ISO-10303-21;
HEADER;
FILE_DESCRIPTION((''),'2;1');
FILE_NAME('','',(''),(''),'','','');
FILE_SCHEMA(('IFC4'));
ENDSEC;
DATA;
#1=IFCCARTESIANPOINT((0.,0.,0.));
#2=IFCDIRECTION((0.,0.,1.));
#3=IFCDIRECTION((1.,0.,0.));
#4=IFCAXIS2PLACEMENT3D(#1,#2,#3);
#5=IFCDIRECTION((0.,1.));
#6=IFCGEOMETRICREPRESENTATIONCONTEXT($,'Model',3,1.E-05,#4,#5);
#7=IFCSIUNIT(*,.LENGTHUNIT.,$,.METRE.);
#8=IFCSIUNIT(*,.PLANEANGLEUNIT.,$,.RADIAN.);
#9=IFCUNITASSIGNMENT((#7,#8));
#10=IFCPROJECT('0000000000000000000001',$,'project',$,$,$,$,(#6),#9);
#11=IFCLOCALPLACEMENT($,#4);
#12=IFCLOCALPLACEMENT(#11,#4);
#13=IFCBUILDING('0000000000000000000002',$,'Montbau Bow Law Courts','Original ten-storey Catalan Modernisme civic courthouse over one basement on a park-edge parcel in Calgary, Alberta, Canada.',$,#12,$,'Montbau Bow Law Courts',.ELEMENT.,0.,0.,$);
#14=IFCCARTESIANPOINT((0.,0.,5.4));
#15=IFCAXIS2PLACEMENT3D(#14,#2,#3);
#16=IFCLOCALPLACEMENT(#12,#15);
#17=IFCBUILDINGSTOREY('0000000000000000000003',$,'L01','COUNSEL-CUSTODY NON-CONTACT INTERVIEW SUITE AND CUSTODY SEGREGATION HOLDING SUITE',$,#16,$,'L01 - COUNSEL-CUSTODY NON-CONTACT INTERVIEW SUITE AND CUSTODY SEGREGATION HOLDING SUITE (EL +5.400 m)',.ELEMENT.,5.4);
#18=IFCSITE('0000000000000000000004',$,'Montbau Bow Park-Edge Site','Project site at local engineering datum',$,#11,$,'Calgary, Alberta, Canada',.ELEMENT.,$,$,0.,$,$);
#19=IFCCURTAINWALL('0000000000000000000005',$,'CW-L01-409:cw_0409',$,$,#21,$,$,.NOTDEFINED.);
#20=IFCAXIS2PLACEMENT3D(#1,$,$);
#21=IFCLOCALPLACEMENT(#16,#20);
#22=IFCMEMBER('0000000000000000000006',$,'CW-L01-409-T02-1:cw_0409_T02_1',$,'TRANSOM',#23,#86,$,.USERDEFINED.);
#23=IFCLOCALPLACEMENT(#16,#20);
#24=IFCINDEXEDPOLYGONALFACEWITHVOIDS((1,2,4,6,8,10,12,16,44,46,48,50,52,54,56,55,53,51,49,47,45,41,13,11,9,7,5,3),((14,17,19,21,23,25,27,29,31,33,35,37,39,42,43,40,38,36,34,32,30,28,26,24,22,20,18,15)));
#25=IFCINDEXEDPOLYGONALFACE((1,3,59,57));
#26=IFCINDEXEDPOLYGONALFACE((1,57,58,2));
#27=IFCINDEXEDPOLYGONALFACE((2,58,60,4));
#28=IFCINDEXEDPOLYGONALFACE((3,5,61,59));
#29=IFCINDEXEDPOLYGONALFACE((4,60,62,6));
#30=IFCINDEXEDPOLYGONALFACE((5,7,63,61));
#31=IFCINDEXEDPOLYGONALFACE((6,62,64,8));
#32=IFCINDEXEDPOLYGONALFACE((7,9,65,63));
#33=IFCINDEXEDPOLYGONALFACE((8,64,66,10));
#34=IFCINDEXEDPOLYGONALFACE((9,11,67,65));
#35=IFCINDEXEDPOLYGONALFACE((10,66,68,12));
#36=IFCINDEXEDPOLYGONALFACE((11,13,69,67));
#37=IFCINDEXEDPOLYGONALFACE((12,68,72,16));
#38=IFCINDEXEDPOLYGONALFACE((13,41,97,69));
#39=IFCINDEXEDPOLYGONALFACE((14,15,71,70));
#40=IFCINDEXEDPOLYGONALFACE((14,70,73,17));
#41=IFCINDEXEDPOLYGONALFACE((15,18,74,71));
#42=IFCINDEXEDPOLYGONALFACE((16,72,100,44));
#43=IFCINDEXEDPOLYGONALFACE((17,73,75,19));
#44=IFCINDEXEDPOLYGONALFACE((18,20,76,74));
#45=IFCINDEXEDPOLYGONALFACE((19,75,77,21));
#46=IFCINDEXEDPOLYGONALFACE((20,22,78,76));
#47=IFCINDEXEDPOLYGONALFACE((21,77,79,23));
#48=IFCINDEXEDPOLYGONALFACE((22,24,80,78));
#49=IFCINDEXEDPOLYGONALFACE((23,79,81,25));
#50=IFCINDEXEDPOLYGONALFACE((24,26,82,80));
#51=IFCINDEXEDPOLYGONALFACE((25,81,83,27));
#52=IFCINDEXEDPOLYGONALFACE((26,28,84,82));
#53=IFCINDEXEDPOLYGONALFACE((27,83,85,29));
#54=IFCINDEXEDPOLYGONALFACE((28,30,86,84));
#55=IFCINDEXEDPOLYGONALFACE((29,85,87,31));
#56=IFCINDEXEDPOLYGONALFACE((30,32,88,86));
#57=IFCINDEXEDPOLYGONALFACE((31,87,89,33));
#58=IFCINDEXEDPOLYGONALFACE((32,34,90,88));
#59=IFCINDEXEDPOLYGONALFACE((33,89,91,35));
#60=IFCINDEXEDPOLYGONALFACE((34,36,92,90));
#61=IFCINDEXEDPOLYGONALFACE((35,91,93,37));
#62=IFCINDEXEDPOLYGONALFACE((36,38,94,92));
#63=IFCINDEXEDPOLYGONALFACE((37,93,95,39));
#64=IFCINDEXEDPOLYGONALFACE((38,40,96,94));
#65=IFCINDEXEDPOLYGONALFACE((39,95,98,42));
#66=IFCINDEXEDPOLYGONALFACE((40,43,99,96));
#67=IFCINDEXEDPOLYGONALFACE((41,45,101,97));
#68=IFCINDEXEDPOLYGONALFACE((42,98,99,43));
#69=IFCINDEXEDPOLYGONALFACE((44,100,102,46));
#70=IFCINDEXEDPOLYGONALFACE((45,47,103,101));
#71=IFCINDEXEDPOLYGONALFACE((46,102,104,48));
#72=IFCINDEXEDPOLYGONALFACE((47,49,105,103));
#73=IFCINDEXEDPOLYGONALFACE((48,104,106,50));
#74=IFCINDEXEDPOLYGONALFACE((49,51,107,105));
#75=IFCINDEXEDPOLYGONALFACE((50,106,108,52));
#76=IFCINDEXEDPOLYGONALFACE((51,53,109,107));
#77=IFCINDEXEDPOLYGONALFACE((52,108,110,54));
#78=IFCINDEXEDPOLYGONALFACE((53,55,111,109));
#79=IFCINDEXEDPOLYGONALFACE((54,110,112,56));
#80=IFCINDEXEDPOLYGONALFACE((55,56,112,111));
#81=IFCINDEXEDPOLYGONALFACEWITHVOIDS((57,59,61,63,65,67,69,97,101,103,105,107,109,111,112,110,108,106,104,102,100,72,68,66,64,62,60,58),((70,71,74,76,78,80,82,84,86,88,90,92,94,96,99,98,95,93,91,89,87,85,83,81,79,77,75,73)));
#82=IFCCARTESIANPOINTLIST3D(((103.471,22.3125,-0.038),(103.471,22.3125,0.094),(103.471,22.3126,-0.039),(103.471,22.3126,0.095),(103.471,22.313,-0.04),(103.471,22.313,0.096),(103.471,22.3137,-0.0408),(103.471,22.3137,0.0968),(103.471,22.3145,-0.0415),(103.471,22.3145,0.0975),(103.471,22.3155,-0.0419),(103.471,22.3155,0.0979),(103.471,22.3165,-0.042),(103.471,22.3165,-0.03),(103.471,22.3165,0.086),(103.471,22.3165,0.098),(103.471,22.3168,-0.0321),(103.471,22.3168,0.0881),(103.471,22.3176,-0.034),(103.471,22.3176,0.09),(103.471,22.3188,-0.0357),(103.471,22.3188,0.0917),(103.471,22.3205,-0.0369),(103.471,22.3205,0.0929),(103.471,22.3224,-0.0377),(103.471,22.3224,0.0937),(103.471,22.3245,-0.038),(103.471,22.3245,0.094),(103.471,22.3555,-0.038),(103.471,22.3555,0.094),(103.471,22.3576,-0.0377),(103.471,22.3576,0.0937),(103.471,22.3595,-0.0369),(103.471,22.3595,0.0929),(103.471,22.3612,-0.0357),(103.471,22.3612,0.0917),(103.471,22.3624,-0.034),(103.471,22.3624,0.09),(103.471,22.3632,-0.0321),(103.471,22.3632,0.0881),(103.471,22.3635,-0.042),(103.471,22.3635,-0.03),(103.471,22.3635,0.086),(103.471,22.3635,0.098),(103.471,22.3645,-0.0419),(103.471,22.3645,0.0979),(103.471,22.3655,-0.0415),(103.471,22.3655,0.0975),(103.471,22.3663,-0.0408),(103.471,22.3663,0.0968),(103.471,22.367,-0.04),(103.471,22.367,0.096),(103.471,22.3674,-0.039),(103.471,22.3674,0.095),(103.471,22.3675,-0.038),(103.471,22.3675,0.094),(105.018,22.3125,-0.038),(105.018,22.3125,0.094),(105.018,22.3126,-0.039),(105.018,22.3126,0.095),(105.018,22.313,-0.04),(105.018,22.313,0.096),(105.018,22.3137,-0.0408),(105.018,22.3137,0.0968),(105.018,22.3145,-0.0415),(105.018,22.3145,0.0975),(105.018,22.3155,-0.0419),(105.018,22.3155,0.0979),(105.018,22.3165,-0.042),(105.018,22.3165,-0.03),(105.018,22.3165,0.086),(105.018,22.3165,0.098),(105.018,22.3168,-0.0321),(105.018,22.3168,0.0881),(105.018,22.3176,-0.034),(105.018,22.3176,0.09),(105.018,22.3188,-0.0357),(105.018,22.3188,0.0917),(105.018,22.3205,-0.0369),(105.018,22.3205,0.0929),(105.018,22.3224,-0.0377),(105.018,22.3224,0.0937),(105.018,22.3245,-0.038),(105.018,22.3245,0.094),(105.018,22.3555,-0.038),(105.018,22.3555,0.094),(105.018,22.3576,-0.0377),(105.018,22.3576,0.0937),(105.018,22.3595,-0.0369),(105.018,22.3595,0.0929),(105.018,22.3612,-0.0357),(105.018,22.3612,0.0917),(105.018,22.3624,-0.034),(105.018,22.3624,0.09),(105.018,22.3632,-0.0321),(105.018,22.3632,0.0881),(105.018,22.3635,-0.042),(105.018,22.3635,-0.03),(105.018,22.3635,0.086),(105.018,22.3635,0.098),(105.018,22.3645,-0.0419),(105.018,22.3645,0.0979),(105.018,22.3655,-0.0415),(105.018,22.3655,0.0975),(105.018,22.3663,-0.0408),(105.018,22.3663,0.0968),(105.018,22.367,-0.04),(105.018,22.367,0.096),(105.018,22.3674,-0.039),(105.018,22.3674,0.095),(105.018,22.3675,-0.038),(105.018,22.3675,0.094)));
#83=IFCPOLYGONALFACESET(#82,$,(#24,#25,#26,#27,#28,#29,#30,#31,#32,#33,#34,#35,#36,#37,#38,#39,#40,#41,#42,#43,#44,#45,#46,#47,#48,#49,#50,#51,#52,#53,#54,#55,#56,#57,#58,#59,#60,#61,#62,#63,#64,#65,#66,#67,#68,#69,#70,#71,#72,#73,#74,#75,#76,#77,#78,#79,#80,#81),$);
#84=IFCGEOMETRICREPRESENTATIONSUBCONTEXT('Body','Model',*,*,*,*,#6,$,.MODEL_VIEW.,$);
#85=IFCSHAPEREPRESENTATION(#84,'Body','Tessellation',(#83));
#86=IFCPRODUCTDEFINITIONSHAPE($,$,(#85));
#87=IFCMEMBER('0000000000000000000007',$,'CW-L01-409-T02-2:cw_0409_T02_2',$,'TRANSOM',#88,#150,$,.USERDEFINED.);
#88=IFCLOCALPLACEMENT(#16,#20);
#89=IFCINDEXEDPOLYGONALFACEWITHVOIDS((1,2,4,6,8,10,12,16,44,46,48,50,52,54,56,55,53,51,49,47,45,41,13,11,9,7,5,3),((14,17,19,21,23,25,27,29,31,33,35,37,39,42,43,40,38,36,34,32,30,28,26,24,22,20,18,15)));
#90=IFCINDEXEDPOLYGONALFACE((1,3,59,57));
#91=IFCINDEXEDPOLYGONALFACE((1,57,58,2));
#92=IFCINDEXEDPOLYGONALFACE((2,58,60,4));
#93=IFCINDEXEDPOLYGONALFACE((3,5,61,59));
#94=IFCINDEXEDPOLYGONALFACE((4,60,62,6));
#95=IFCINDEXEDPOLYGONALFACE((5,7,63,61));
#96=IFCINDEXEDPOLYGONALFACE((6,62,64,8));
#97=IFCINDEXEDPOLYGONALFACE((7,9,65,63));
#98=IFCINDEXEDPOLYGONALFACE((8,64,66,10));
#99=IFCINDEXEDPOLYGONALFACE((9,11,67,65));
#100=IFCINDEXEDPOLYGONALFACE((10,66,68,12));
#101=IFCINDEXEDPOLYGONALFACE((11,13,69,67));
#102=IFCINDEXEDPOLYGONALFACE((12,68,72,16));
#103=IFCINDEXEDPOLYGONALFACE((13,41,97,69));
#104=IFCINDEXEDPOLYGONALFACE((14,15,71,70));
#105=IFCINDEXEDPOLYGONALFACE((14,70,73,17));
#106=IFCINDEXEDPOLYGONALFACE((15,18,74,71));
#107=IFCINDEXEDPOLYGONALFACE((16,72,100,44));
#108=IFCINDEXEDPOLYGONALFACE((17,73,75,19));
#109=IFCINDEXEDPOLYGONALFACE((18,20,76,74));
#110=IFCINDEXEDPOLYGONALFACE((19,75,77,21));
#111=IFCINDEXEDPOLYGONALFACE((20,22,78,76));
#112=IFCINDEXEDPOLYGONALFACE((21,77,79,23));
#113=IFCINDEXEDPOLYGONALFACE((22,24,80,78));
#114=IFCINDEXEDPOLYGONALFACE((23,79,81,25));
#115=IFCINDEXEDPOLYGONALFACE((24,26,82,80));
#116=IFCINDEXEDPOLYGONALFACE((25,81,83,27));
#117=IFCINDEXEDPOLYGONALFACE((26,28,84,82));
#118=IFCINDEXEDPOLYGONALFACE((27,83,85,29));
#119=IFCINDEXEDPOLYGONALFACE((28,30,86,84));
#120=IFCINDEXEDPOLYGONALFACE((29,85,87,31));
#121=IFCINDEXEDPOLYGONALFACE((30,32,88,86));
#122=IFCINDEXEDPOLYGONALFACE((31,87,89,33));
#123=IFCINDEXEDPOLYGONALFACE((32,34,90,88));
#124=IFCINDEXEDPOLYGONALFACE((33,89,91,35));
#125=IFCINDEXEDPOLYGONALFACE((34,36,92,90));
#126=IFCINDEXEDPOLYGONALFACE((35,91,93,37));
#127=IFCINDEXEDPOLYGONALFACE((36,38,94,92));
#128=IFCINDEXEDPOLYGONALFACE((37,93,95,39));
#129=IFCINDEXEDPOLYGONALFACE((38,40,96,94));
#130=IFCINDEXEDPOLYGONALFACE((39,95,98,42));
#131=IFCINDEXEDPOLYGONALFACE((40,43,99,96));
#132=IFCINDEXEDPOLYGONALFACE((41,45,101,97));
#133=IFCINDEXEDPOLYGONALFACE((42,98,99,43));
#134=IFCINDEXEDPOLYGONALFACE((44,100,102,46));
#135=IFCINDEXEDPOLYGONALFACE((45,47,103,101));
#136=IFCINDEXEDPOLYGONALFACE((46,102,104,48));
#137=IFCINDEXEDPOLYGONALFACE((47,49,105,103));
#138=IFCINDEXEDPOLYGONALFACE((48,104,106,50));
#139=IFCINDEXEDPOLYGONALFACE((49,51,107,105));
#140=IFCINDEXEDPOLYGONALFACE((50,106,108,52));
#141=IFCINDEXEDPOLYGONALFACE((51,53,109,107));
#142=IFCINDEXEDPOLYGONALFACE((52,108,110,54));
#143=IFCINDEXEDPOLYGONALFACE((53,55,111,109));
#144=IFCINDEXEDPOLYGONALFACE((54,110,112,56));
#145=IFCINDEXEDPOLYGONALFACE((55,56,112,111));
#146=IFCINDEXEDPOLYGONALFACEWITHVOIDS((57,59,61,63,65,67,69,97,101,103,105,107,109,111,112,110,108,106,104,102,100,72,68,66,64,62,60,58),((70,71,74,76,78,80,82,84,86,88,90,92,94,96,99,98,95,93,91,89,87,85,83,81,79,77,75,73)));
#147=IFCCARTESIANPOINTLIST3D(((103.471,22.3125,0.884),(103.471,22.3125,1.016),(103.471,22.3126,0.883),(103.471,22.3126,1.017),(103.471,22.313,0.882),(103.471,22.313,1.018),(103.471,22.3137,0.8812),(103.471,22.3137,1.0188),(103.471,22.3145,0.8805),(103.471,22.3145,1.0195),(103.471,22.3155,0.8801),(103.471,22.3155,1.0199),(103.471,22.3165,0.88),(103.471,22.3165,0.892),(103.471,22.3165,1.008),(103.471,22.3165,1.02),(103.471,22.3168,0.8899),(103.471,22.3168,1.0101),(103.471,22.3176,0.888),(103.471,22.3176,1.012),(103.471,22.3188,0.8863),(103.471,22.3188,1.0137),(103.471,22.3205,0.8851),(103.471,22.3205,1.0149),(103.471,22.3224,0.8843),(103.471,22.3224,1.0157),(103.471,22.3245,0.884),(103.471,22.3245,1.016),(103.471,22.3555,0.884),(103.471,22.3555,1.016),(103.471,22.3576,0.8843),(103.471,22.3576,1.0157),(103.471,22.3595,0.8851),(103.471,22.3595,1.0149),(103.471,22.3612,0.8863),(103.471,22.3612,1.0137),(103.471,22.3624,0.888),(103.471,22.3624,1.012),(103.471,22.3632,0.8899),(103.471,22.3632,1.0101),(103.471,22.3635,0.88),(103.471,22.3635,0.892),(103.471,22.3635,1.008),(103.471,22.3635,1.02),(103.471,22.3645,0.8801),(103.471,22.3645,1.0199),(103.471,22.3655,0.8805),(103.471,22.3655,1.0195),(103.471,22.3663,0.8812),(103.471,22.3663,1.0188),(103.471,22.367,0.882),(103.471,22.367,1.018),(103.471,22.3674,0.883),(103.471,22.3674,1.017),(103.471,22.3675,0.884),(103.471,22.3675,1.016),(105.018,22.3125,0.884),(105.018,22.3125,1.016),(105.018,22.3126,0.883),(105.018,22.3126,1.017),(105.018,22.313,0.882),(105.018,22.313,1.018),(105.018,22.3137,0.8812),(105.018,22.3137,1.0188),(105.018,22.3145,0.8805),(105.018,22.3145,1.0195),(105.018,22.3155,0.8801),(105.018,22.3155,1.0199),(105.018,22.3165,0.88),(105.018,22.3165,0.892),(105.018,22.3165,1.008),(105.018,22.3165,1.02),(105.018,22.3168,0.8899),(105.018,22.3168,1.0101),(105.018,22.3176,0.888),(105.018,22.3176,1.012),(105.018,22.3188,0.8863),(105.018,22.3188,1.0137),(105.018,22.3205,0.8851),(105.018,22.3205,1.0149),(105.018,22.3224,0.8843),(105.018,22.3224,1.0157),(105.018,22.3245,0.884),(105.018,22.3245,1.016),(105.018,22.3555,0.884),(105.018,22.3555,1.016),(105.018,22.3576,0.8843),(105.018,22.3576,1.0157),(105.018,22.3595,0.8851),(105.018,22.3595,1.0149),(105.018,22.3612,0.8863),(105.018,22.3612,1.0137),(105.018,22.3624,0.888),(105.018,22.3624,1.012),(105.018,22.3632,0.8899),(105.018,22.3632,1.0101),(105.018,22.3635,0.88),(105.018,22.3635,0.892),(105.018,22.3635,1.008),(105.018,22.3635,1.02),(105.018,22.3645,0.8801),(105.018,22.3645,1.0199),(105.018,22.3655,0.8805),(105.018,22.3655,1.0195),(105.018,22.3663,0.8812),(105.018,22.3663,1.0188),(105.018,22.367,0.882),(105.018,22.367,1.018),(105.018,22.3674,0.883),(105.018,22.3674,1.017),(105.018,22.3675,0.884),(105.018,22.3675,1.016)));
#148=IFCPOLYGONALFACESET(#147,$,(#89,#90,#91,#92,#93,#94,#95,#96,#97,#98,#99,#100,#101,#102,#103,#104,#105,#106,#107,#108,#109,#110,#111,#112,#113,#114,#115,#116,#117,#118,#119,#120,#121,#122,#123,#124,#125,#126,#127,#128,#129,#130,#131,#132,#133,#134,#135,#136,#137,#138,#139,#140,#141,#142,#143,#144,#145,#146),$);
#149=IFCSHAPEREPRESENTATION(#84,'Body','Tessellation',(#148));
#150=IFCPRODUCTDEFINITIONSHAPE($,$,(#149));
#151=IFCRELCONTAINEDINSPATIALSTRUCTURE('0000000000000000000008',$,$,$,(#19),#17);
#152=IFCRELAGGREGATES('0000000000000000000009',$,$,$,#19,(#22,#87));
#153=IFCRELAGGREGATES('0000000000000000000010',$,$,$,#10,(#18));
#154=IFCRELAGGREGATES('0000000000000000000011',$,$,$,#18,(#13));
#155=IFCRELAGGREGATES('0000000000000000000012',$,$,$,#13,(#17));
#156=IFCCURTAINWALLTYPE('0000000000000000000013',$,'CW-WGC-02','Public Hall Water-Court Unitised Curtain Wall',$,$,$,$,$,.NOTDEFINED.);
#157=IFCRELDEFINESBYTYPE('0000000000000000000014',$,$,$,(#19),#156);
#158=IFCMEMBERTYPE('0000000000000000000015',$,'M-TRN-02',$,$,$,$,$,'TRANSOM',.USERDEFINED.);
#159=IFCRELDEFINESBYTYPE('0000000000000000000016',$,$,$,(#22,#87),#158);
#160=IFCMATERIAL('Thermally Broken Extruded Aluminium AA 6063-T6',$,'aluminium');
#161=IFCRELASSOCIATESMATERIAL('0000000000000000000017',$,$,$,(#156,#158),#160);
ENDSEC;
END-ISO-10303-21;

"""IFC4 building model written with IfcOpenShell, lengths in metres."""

from ifc_helpers import new_model, si_unit, direction, frame, origin_with_axes, origin_2d_with_axis, place, context, subcontext, project, spatial, hollow_rectangle, extrude, material, material_profile, profile_set, type_object, element, aggregate, save


model = new_model("IFC4")

# Units and contexts
model_context = context("Model", 3, precision=1e-05, world=origin_with_axes(), true_north=direction((0.0, 1.0)))
body_context = subcontext(model_context, "Body", "Model", "MODEL_VIEW")
ifc_project = project(units=[si_unit("LENGTHUNIT", "METRE"), si_unit("PLANEANGLEUNIT", "RADIAN")], contexts=[model_context])

# Site, building, storey
site_placement = place(None, origin_with_axes())
site = spatial("IfcSite", under=ifc_project, at=site_placement, Name="Montbau Bow Park-Edge Site", Description="Project site at local engineering datum", LongName="Calgary, Alberta, Canada", CompositionType="ELEMENT", RefElevation=0.0)
building_placement = place(site_placement, origin_with_axes())
building = spatial("IfcBuilding", under=site, at=building_placement, Name="Montbau Bow Law Courts", Description="Original ten-storey Catalan Modernisme civic courthouse over one basement on a park-edge parcel in Calgary, Alberta, Canada.", LongName="Montbau Bow Law Courts", CompositionType="ELEMENT", ElevationOfRefHeight=0.0, ElevationOfTerrain=0.0)
storey_placement = place(building_placement, frame((0.0, 0.0, 5.4), z_axis=(0.0, 0.0, 1.0), x_axis=(1.0, 0.0, 0.0)))
storey = spatial("IfcBuildingStorey", under=building, at=storey_placement, Name="L01", Description="COUNSEL-CUSTODY NON-CONTACT INTERVIEW SUITE AND CUSTODY SEGREGATION HOLDING SUITE", LongName="L01 - COUNSEL-CUSTODY NON-CONTACT INTERVIEW SUITE AND CUSTODY SEGREGATION HOLDING SUITE (EL +5.400 m)", CompositionType="ELEMENT", Elevation=5.4)

# Curtain wall
ifc_material_1 = material(Name="Thermally Broken Extruded Aluminium AA 6063-T6", Category="aluminium")
curtain_wall_type = type_object("IfcCurtainWallType", Name="CW-WGC-02", Description="Public Hall Water-Court Unitised Curtain Wall", PredefinedType="NOTDEFINED", material=ifc_material_1)
curtain_wall_1_placement = place(None, frame((101.79, 22.34, 5.4), z_axis=(0.0, 0.0, 1.0), x_axis=(1.0, 0.0, 0.0)))
curtain_wall_1 = element("IfcCurtainWall", 1, at=curtain_wall_1_placement, inside=storey, type_object=curtain_wall_type, Name="CW-L01-409:cw_0409", PredefinedType="NOTDEFINED")

# Members
ifc_material_profile_1 = material_profile(ifc_material_1, hollow_rectangle(XDim=0.055, YDim=0.14, WallThickness=0.004, InnerFilletRadius=0.008, OuterFilletRadius=0.004, at=origin_2d_with_axis()), Name="CWT-140X55", Category="Main", Priority=0)
ifc_profile_set_1 = profile_set([ifc_material_profile_1], Name="Thermally Broken Extruded Aluminium AA 6063-T6")
member_type_1 = type_object("IfcMemberType", Name="M-TRN-02", ElementType="TRANSOM", PredefinedType="USERDEFINED", material=ifc_profile_set_1)
member_1_placement = place(None, frame((103.471, 22.34, 5.428), z_axis=(1.0, 0.0, 0.0), x_axis=(0.0, 1.0, 0.0)))
member_1 = element("IfcMember", 2, at=member_1_placement, type_object=member_type_1, Name="CW-L01-409-T02-1:cw_0409_T02_1", ObjectType="TRANSOM", PredefinedType="USERDEFINED", context=body_context, shape_type="SweptSolid", body=[
    extrude(hollow_rectangle(XDim=0.055, YDim=0.14, WallThickness=0.004, InnerFilletRadius=0.008, OuterFilletRadius=0.004, at=origin_2d_with_axis()), origin_with_axes(), (0.0, 0.0, 1.0), 1.547),
])
member_2_placement = place(None, frame((103.471, 22.34, 6.35), z_axis=(1.0, 0.0, 0.0), x_axis=(0.0, 1.0, 0.0)))
member_2 = element("IfcMember", 3, at=member_2_placement, type_object=member_type_1, Name="CW-L01-409-T02-2:cw_0409_T02_2", ObjectType="TRANSOM", PredefinedType="USERDEFINED", context=body_context, shape_type="SweptSolid", body=[
    extrude(hollow_rectangle(XDim=0.055, YDim=0.14, WallThickness=0.004, InnerFilletRadius=0.008, OuterFilletRadius=0.004, at=origin_2d_with_axis()), origin_with_axes(), (0.0, 0.0, 1.0), 1.547),
])

aggregate(curtain_wall_1, [member_1, member_2])

save(model, "model.ifc")
